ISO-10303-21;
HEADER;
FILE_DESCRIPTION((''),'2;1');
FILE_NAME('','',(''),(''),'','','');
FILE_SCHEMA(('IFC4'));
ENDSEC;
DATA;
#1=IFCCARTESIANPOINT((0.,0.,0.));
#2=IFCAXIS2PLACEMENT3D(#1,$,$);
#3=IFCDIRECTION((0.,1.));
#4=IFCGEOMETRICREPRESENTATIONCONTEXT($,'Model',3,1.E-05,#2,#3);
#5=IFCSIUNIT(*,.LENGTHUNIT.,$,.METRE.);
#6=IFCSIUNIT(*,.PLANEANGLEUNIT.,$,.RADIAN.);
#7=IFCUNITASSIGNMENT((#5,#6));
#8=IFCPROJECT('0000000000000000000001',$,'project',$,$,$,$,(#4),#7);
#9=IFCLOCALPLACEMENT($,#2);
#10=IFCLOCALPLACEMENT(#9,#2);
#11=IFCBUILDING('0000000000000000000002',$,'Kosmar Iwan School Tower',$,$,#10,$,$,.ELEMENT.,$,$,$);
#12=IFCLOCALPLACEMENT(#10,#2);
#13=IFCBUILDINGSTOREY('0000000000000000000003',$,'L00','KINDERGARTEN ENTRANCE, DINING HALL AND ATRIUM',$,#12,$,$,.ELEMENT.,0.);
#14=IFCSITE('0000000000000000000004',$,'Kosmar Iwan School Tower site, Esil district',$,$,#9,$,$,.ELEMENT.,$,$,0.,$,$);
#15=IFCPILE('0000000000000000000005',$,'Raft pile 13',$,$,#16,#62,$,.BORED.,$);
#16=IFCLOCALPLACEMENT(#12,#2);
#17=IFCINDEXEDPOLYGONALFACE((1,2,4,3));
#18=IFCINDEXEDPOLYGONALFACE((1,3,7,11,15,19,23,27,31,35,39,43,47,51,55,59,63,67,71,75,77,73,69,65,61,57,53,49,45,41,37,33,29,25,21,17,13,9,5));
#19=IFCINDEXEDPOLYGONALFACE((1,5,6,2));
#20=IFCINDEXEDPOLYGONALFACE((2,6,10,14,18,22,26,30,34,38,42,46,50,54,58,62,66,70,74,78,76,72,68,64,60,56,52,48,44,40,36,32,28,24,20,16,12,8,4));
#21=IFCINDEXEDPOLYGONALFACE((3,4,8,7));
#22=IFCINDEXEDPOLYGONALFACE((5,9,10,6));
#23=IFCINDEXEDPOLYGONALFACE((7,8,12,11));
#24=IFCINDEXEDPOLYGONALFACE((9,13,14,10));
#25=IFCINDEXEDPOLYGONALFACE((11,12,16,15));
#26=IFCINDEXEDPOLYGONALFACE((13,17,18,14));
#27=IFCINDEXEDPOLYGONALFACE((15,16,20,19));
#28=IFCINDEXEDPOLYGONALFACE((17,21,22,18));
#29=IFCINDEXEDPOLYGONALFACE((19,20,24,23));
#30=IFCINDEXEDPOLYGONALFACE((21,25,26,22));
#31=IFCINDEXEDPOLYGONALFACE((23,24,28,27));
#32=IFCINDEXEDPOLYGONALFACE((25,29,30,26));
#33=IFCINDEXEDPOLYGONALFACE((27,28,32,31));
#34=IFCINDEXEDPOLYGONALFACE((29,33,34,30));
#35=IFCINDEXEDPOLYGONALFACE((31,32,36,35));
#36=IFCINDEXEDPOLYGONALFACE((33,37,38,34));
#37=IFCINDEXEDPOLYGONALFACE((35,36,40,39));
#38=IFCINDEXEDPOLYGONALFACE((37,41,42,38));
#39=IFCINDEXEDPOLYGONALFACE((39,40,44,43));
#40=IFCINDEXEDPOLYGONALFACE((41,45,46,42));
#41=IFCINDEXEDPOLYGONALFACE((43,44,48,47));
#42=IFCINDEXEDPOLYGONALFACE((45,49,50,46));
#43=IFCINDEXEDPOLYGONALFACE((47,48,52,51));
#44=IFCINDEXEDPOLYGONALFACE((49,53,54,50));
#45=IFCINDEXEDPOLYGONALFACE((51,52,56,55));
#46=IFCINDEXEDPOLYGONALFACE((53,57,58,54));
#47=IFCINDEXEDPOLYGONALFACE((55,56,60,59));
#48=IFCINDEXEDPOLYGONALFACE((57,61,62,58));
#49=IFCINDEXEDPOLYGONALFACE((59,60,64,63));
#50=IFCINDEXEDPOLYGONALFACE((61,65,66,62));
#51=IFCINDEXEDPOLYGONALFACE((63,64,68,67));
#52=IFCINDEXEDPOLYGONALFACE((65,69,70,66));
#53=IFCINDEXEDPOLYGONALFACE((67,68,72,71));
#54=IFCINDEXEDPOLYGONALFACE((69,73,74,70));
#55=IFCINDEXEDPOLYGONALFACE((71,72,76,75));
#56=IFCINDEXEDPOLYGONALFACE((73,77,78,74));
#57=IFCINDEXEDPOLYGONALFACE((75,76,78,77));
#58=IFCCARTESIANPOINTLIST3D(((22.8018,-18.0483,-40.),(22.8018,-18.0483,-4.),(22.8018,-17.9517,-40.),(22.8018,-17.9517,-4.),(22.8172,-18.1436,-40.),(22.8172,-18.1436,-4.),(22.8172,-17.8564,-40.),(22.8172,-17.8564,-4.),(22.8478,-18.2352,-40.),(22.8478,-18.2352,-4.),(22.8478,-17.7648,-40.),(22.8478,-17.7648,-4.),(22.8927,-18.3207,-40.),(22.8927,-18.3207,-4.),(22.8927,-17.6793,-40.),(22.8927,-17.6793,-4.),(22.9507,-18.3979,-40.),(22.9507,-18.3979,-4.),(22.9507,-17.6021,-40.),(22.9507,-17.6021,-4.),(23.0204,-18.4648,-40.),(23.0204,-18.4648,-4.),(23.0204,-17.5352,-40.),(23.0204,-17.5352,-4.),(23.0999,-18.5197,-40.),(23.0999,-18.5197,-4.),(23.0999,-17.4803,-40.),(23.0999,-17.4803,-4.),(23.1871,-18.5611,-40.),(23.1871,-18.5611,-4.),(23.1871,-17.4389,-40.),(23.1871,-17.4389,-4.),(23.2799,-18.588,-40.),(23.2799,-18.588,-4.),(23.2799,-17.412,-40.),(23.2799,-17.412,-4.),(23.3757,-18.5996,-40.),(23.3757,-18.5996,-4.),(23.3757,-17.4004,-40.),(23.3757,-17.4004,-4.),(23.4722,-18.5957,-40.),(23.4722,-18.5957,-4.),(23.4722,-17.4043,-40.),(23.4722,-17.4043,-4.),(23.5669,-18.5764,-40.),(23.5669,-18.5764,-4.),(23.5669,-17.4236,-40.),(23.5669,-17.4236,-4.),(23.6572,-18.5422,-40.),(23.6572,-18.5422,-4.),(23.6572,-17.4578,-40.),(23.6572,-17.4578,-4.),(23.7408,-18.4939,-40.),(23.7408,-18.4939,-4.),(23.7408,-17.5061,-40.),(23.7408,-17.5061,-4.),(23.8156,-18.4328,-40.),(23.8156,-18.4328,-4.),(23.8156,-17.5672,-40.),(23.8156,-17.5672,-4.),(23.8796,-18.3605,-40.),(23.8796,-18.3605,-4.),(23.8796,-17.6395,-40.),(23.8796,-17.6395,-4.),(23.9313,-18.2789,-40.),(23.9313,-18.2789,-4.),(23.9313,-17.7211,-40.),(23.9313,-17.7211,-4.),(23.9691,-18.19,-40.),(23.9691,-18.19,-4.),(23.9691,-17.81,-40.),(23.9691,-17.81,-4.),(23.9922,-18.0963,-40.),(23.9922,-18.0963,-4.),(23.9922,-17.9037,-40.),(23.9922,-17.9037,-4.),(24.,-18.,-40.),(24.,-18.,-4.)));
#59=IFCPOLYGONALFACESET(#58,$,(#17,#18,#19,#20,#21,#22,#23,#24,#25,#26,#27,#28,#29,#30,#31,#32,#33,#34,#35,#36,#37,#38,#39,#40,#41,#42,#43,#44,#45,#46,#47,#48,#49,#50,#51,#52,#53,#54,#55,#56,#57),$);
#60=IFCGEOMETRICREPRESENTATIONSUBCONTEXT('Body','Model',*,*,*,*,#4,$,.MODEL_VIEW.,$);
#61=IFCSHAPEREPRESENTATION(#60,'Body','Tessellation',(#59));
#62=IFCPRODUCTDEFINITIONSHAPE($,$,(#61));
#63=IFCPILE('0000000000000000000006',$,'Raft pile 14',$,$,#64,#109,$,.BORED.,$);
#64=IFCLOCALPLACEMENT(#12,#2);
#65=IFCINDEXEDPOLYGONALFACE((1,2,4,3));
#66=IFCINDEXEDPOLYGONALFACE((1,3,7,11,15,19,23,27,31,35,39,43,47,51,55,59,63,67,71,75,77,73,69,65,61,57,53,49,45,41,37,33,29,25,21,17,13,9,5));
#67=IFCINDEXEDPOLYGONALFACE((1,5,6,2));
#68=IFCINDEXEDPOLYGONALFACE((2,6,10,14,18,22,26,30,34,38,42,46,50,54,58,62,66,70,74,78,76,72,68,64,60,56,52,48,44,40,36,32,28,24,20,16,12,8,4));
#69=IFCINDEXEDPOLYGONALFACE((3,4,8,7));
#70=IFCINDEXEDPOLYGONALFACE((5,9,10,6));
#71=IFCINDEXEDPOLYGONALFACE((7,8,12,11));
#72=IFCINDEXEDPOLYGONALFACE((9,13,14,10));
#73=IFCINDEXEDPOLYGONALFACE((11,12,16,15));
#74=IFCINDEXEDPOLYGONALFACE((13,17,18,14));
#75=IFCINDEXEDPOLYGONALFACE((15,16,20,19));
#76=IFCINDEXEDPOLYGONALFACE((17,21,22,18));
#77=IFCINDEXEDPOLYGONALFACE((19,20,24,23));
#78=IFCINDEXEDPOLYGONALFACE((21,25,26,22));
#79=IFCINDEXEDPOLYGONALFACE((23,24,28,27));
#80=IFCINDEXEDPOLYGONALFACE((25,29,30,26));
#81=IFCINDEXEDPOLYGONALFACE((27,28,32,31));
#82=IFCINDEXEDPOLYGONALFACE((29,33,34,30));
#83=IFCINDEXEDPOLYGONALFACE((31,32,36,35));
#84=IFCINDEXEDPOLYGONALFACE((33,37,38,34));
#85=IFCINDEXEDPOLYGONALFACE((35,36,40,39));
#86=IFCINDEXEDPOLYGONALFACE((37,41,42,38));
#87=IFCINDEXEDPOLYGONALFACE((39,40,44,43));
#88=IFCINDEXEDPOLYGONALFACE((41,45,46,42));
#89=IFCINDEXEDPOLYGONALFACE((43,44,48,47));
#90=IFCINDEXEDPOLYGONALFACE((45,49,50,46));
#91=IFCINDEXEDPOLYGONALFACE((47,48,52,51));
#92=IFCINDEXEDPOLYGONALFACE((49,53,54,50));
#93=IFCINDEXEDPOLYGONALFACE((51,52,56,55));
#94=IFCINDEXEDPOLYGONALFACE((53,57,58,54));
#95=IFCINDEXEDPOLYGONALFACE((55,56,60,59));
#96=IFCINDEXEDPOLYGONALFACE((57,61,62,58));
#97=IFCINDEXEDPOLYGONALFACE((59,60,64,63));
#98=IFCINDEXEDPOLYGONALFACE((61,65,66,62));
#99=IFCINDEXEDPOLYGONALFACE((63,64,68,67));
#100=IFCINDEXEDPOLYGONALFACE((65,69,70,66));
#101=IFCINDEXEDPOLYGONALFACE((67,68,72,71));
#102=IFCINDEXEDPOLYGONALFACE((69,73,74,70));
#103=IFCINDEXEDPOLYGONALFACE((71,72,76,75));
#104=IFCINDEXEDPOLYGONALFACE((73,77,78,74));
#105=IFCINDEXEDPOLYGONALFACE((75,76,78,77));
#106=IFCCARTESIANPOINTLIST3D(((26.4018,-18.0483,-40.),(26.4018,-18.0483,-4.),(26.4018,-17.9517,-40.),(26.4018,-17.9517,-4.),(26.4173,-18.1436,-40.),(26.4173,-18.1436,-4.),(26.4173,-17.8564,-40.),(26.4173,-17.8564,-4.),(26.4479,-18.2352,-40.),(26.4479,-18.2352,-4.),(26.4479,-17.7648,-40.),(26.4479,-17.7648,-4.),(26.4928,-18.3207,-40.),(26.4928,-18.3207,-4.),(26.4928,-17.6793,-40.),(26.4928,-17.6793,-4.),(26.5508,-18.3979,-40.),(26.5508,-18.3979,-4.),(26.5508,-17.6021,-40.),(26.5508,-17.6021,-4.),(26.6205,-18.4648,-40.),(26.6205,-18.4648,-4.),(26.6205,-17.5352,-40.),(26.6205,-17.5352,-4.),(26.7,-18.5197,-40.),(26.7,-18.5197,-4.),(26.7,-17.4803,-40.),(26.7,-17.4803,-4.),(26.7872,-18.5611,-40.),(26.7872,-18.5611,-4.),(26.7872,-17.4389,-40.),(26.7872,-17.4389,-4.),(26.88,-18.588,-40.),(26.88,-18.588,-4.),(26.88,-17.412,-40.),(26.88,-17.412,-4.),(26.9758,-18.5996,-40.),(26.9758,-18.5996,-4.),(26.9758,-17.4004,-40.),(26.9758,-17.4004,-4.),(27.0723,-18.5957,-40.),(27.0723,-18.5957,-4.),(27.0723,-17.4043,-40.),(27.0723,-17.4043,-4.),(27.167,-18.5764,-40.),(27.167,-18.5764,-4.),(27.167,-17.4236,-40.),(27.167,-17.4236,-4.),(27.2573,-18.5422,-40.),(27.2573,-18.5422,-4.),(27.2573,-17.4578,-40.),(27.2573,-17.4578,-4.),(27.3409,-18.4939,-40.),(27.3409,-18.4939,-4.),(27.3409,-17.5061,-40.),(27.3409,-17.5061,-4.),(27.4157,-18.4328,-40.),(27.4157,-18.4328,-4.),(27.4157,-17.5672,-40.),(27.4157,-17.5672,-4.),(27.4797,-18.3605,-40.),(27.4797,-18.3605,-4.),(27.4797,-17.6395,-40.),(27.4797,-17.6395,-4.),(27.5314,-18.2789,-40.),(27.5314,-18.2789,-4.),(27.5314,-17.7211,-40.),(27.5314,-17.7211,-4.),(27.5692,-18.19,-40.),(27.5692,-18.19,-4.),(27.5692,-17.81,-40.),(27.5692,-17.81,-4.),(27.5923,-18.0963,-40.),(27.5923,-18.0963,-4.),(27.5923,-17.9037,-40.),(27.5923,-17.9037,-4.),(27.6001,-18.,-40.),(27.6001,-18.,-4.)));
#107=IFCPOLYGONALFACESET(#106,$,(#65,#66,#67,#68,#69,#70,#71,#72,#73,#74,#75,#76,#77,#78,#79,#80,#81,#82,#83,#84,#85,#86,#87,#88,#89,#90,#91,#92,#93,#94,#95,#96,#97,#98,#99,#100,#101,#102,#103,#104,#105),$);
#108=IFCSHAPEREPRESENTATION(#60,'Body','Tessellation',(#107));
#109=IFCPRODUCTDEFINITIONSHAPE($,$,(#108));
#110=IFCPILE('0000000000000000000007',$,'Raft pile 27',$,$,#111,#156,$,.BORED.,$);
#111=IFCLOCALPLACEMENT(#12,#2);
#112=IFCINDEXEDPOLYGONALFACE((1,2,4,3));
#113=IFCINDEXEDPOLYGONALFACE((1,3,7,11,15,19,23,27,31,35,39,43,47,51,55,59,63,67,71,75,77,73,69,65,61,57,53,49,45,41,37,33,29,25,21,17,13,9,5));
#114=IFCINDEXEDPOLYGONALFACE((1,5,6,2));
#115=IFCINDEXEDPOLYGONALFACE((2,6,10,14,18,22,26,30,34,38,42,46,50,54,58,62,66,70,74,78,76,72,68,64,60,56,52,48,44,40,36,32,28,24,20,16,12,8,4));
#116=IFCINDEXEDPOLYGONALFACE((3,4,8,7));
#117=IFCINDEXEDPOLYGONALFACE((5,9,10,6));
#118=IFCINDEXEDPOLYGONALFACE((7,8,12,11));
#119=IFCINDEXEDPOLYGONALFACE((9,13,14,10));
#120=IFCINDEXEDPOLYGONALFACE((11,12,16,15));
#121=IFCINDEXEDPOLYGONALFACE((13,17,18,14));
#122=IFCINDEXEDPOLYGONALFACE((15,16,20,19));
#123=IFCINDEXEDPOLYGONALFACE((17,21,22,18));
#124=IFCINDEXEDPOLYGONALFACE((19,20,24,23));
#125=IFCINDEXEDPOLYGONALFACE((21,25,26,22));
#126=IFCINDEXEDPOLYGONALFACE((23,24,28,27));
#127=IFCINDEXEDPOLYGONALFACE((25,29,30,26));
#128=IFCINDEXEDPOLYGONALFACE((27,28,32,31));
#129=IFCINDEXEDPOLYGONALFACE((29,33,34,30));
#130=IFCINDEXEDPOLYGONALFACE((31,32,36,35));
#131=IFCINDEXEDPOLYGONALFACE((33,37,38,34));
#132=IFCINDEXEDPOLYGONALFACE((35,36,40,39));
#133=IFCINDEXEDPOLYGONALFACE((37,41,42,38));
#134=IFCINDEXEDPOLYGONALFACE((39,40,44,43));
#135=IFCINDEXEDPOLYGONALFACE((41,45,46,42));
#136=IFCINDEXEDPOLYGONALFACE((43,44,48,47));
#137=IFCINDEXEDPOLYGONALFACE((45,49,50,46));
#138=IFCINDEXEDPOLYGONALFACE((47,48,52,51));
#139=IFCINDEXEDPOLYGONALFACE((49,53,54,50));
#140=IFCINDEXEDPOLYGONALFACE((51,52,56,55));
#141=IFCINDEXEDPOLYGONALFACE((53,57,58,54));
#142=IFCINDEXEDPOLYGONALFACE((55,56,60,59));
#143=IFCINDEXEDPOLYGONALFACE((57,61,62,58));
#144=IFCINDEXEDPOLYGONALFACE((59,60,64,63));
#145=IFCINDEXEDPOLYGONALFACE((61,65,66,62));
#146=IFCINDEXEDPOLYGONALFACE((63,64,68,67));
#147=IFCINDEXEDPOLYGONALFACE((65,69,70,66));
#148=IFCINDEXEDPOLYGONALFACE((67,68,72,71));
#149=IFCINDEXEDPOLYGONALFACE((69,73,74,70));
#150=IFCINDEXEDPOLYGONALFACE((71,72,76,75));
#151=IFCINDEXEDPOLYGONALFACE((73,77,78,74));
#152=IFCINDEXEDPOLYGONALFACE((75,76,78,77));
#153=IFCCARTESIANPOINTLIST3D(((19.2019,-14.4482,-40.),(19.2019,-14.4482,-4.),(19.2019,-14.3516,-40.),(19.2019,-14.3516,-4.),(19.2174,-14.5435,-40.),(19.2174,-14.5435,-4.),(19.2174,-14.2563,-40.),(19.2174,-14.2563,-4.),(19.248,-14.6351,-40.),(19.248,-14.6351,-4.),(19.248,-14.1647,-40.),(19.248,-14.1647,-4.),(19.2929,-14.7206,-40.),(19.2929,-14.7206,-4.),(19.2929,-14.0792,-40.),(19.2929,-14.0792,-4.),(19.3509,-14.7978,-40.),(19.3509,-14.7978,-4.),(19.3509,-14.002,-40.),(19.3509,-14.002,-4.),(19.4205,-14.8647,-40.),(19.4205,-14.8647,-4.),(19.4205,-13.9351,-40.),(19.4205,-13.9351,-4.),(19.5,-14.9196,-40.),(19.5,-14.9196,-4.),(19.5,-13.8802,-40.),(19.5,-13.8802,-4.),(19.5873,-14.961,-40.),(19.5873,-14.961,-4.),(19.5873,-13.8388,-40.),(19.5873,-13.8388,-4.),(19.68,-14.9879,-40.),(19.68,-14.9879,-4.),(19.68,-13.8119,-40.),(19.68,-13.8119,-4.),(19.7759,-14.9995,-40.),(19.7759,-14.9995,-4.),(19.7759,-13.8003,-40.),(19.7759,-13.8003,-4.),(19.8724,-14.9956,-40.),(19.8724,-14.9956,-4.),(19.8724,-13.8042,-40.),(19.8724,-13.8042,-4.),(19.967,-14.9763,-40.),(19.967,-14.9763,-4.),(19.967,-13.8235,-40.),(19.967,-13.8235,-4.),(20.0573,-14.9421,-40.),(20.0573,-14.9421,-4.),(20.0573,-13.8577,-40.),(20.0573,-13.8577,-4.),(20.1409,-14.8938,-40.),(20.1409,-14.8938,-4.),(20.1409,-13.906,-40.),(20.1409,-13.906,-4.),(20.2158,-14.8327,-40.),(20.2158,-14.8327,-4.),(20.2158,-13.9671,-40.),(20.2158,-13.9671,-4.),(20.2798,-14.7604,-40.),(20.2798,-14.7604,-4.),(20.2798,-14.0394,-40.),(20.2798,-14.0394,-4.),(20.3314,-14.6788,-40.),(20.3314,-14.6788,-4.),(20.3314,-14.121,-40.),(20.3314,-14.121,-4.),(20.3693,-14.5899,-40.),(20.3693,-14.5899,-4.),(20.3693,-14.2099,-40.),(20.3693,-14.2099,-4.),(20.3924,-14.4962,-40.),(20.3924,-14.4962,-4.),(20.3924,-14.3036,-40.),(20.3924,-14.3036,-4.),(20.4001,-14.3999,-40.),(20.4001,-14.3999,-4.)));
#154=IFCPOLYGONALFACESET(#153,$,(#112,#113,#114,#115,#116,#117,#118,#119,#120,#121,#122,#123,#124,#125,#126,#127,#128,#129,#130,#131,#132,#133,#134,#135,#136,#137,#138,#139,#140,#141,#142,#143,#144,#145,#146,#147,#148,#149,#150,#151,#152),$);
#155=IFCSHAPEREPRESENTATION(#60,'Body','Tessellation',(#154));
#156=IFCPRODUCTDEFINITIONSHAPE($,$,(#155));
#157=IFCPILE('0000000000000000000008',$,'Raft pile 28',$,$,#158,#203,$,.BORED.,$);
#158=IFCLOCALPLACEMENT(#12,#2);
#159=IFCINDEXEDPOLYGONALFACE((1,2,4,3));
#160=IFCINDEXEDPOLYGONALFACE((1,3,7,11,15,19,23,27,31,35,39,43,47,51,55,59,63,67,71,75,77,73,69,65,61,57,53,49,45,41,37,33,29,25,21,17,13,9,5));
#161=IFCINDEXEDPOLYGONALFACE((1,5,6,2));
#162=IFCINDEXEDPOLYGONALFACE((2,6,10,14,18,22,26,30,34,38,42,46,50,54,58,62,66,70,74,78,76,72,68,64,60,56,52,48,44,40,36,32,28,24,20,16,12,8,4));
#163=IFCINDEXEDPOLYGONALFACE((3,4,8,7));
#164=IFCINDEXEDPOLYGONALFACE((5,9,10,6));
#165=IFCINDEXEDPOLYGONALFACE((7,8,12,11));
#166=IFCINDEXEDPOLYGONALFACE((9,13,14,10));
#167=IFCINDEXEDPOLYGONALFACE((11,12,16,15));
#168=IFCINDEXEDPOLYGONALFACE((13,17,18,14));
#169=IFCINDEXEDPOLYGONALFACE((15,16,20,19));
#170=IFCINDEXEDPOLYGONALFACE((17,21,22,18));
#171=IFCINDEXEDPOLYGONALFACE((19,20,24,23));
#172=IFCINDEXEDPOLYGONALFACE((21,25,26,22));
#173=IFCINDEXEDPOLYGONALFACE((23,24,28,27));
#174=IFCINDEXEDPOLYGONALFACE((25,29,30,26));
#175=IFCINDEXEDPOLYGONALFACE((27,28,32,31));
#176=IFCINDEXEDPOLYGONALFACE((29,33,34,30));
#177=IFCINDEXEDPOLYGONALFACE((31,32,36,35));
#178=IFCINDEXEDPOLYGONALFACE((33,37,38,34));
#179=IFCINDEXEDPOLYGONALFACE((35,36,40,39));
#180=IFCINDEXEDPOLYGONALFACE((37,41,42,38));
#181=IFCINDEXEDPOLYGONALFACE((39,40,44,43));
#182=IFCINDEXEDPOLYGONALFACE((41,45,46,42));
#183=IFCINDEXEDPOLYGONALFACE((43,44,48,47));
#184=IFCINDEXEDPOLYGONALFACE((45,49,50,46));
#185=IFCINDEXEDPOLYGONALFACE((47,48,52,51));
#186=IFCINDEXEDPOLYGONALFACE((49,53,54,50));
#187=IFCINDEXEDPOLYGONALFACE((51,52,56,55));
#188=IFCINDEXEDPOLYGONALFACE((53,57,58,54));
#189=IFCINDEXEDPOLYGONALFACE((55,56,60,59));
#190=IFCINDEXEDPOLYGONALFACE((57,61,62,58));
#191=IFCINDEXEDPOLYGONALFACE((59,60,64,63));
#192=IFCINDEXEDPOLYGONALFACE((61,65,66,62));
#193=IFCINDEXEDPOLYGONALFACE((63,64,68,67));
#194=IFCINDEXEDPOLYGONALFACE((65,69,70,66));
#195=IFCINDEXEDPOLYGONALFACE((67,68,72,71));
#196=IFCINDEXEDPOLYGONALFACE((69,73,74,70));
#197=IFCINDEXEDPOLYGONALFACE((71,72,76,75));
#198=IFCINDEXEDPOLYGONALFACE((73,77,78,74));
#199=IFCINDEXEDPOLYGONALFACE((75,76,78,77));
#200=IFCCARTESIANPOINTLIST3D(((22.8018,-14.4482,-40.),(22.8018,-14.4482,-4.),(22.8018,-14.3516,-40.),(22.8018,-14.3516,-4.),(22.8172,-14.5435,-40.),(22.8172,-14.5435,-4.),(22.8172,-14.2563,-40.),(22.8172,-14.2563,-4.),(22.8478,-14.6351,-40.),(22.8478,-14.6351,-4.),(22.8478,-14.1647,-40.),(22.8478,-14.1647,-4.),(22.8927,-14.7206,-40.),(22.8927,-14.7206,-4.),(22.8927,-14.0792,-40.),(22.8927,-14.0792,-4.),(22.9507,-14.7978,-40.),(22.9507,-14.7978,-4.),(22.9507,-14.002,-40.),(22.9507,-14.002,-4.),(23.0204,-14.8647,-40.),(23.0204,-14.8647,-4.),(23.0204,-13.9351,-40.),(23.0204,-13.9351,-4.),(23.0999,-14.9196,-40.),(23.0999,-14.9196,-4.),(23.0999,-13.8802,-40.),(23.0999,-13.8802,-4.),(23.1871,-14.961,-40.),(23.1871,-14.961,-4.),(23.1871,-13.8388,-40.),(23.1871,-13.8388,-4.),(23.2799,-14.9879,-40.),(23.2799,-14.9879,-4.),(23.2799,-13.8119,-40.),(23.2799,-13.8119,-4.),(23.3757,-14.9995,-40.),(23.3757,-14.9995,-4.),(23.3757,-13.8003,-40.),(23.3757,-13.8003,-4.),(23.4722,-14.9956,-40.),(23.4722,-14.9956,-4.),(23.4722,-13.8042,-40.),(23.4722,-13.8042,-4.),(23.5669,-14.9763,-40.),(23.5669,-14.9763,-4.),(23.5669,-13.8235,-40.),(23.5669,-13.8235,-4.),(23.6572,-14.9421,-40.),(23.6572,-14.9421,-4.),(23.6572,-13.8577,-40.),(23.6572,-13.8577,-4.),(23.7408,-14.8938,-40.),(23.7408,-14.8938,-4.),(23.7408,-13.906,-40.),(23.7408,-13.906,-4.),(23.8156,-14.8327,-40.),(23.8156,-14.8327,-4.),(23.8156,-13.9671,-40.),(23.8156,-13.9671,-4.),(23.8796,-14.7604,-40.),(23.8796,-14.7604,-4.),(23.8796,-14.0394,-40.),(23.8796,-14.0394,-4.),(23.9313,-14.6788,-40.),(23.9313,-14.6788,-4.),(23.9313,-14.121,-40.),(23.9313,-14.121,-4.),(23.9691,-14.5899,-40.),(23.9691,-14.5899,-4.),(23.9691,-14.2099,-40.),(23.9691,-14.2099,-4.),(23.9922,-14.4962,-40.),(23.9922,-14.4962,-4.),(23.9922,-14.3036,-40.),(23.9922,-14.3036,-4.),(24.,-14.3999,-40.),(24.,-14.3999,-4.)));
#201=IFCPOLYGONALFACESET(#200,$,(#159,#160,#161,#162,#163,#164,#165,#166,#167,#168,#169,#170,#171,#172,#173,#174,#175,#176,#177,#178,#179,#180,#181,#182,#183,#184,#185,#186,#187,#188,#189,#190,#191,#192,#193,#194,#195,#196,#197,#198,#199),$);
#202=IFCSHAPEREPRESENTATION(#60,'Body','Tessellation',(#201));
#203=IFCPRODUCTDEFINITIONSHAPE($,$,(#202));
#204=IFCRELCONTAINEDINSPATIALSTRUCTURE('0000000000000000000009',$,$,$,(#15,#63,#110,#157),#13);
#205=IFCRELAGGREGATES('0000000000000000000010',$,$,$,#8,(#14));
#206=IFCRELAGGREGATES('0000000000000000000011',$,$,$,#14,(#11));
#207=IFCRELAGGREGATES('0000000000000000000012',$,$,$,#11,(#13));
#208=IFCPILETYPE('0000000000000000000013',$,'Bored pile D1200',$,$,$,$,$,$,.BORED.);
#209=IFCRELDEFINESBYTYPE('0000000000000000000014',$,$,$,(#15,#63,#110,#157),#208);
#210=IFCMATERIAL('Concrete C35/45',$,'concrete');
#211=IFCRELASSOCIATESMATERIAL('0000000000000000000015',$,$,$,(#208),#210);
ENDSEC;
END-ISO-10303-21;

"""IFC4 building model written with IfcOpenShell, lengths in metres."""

from ifc_helpers import new_model, si_unit, direction, frame, origin, origin_2d, place, context, subcontext, project, spatial, circle, extrude, material, material_profile, profile_set, type_object, element, save


model = new_model("IFC4")

# Units and contexts
model_context = context("Model", 3, precision=1e-05, world=origin(), true_north=direction((0.0, 1.0)))
body_context = subcontext(model_context, "Body", "Model", "MODEL_VIEW")
ifc_project = project(units=[si_unit("LENGTHUNIT", "METRE"), si_unit("PLANEANGLEUNIT", "RADIAN")], contexts=[model_context])

# Site, building, storey
site_placement = place(None, origin())
site = spatial("IfcSite", under=ifc_project, at=site_placement, Name="Kosmar Iwan School Tower site, Esil district", CompositionType="ELEMENT", RefElevation=0.0)
building_placement = place(site_placement, origin())
building = spatial("IfcBuilding", under=site, at=building_placement, Name="Kosmar Iwan School Tower", CompositionType="ELEMENT")
storey_placement = place(building_placement, origin())
storey = spatial("IfcBuildingStorey", under=building, at=storey_placement, Name="L00", Description="KINDERGARTEN ENTRANCE, DINING HALL AND ATRIUM", CompositionType="ELEMENT", Elevation=0.0)

# Piles
ifc_material_1 = material(Name="Concrete C35/45", Category="concrete")
ifc_material_profile_1 = material_profile(ifc_material_1, circle(Radius=0.6001, at=origin_2d()), Name="D1200")
ifc_profile_set_1 = profile_set([ifc_material_profile_1], Name="Concrete C35/45")
pile_type = type_object("IfcPileType", Name="Bored pile D1200", PredefinedType="BORED", material=ifc_profile_set_1)
for number, where, z_axis, x_axis, name in (
    (1, (23.3999, -18.0, -4.0), (0.0, 0.0, -1.0), (1.0, 0.0, 0.0), "Raft pile 13"),
    (2, (27.0, -18.0, -4.0), (0.0, 0.0, -1.0), (1.0, 0.0, 0.0), "Raft pile 14"),
    (3, (19.8, -14.3999, -4.0), (0.0, 0.0, -1.0), (1.0, 0.0, 0.0), "Raft pile 27"),
    (4, (23.3999, -14.3999, -4.0), (0.0, 0.0, -1.0), (1.0, 0.0, 0.0), "Raft pile 28"),
):
    element("IfcPile", number, at=place(storey_placement, frame(where, z_axis=z_axis, x_axis=x_axis)), inside=storey, type_object=pile_type, Name=name, PredefinedType="BORED", context=body_context, shape_type="SweptSolid", body=[
        extrude(circle(Radius=0.6001, at=origin_2d()), origin(), (0.0, 0.0, 1.0), 36.0),
    ])

save(model, "model.ifc")
